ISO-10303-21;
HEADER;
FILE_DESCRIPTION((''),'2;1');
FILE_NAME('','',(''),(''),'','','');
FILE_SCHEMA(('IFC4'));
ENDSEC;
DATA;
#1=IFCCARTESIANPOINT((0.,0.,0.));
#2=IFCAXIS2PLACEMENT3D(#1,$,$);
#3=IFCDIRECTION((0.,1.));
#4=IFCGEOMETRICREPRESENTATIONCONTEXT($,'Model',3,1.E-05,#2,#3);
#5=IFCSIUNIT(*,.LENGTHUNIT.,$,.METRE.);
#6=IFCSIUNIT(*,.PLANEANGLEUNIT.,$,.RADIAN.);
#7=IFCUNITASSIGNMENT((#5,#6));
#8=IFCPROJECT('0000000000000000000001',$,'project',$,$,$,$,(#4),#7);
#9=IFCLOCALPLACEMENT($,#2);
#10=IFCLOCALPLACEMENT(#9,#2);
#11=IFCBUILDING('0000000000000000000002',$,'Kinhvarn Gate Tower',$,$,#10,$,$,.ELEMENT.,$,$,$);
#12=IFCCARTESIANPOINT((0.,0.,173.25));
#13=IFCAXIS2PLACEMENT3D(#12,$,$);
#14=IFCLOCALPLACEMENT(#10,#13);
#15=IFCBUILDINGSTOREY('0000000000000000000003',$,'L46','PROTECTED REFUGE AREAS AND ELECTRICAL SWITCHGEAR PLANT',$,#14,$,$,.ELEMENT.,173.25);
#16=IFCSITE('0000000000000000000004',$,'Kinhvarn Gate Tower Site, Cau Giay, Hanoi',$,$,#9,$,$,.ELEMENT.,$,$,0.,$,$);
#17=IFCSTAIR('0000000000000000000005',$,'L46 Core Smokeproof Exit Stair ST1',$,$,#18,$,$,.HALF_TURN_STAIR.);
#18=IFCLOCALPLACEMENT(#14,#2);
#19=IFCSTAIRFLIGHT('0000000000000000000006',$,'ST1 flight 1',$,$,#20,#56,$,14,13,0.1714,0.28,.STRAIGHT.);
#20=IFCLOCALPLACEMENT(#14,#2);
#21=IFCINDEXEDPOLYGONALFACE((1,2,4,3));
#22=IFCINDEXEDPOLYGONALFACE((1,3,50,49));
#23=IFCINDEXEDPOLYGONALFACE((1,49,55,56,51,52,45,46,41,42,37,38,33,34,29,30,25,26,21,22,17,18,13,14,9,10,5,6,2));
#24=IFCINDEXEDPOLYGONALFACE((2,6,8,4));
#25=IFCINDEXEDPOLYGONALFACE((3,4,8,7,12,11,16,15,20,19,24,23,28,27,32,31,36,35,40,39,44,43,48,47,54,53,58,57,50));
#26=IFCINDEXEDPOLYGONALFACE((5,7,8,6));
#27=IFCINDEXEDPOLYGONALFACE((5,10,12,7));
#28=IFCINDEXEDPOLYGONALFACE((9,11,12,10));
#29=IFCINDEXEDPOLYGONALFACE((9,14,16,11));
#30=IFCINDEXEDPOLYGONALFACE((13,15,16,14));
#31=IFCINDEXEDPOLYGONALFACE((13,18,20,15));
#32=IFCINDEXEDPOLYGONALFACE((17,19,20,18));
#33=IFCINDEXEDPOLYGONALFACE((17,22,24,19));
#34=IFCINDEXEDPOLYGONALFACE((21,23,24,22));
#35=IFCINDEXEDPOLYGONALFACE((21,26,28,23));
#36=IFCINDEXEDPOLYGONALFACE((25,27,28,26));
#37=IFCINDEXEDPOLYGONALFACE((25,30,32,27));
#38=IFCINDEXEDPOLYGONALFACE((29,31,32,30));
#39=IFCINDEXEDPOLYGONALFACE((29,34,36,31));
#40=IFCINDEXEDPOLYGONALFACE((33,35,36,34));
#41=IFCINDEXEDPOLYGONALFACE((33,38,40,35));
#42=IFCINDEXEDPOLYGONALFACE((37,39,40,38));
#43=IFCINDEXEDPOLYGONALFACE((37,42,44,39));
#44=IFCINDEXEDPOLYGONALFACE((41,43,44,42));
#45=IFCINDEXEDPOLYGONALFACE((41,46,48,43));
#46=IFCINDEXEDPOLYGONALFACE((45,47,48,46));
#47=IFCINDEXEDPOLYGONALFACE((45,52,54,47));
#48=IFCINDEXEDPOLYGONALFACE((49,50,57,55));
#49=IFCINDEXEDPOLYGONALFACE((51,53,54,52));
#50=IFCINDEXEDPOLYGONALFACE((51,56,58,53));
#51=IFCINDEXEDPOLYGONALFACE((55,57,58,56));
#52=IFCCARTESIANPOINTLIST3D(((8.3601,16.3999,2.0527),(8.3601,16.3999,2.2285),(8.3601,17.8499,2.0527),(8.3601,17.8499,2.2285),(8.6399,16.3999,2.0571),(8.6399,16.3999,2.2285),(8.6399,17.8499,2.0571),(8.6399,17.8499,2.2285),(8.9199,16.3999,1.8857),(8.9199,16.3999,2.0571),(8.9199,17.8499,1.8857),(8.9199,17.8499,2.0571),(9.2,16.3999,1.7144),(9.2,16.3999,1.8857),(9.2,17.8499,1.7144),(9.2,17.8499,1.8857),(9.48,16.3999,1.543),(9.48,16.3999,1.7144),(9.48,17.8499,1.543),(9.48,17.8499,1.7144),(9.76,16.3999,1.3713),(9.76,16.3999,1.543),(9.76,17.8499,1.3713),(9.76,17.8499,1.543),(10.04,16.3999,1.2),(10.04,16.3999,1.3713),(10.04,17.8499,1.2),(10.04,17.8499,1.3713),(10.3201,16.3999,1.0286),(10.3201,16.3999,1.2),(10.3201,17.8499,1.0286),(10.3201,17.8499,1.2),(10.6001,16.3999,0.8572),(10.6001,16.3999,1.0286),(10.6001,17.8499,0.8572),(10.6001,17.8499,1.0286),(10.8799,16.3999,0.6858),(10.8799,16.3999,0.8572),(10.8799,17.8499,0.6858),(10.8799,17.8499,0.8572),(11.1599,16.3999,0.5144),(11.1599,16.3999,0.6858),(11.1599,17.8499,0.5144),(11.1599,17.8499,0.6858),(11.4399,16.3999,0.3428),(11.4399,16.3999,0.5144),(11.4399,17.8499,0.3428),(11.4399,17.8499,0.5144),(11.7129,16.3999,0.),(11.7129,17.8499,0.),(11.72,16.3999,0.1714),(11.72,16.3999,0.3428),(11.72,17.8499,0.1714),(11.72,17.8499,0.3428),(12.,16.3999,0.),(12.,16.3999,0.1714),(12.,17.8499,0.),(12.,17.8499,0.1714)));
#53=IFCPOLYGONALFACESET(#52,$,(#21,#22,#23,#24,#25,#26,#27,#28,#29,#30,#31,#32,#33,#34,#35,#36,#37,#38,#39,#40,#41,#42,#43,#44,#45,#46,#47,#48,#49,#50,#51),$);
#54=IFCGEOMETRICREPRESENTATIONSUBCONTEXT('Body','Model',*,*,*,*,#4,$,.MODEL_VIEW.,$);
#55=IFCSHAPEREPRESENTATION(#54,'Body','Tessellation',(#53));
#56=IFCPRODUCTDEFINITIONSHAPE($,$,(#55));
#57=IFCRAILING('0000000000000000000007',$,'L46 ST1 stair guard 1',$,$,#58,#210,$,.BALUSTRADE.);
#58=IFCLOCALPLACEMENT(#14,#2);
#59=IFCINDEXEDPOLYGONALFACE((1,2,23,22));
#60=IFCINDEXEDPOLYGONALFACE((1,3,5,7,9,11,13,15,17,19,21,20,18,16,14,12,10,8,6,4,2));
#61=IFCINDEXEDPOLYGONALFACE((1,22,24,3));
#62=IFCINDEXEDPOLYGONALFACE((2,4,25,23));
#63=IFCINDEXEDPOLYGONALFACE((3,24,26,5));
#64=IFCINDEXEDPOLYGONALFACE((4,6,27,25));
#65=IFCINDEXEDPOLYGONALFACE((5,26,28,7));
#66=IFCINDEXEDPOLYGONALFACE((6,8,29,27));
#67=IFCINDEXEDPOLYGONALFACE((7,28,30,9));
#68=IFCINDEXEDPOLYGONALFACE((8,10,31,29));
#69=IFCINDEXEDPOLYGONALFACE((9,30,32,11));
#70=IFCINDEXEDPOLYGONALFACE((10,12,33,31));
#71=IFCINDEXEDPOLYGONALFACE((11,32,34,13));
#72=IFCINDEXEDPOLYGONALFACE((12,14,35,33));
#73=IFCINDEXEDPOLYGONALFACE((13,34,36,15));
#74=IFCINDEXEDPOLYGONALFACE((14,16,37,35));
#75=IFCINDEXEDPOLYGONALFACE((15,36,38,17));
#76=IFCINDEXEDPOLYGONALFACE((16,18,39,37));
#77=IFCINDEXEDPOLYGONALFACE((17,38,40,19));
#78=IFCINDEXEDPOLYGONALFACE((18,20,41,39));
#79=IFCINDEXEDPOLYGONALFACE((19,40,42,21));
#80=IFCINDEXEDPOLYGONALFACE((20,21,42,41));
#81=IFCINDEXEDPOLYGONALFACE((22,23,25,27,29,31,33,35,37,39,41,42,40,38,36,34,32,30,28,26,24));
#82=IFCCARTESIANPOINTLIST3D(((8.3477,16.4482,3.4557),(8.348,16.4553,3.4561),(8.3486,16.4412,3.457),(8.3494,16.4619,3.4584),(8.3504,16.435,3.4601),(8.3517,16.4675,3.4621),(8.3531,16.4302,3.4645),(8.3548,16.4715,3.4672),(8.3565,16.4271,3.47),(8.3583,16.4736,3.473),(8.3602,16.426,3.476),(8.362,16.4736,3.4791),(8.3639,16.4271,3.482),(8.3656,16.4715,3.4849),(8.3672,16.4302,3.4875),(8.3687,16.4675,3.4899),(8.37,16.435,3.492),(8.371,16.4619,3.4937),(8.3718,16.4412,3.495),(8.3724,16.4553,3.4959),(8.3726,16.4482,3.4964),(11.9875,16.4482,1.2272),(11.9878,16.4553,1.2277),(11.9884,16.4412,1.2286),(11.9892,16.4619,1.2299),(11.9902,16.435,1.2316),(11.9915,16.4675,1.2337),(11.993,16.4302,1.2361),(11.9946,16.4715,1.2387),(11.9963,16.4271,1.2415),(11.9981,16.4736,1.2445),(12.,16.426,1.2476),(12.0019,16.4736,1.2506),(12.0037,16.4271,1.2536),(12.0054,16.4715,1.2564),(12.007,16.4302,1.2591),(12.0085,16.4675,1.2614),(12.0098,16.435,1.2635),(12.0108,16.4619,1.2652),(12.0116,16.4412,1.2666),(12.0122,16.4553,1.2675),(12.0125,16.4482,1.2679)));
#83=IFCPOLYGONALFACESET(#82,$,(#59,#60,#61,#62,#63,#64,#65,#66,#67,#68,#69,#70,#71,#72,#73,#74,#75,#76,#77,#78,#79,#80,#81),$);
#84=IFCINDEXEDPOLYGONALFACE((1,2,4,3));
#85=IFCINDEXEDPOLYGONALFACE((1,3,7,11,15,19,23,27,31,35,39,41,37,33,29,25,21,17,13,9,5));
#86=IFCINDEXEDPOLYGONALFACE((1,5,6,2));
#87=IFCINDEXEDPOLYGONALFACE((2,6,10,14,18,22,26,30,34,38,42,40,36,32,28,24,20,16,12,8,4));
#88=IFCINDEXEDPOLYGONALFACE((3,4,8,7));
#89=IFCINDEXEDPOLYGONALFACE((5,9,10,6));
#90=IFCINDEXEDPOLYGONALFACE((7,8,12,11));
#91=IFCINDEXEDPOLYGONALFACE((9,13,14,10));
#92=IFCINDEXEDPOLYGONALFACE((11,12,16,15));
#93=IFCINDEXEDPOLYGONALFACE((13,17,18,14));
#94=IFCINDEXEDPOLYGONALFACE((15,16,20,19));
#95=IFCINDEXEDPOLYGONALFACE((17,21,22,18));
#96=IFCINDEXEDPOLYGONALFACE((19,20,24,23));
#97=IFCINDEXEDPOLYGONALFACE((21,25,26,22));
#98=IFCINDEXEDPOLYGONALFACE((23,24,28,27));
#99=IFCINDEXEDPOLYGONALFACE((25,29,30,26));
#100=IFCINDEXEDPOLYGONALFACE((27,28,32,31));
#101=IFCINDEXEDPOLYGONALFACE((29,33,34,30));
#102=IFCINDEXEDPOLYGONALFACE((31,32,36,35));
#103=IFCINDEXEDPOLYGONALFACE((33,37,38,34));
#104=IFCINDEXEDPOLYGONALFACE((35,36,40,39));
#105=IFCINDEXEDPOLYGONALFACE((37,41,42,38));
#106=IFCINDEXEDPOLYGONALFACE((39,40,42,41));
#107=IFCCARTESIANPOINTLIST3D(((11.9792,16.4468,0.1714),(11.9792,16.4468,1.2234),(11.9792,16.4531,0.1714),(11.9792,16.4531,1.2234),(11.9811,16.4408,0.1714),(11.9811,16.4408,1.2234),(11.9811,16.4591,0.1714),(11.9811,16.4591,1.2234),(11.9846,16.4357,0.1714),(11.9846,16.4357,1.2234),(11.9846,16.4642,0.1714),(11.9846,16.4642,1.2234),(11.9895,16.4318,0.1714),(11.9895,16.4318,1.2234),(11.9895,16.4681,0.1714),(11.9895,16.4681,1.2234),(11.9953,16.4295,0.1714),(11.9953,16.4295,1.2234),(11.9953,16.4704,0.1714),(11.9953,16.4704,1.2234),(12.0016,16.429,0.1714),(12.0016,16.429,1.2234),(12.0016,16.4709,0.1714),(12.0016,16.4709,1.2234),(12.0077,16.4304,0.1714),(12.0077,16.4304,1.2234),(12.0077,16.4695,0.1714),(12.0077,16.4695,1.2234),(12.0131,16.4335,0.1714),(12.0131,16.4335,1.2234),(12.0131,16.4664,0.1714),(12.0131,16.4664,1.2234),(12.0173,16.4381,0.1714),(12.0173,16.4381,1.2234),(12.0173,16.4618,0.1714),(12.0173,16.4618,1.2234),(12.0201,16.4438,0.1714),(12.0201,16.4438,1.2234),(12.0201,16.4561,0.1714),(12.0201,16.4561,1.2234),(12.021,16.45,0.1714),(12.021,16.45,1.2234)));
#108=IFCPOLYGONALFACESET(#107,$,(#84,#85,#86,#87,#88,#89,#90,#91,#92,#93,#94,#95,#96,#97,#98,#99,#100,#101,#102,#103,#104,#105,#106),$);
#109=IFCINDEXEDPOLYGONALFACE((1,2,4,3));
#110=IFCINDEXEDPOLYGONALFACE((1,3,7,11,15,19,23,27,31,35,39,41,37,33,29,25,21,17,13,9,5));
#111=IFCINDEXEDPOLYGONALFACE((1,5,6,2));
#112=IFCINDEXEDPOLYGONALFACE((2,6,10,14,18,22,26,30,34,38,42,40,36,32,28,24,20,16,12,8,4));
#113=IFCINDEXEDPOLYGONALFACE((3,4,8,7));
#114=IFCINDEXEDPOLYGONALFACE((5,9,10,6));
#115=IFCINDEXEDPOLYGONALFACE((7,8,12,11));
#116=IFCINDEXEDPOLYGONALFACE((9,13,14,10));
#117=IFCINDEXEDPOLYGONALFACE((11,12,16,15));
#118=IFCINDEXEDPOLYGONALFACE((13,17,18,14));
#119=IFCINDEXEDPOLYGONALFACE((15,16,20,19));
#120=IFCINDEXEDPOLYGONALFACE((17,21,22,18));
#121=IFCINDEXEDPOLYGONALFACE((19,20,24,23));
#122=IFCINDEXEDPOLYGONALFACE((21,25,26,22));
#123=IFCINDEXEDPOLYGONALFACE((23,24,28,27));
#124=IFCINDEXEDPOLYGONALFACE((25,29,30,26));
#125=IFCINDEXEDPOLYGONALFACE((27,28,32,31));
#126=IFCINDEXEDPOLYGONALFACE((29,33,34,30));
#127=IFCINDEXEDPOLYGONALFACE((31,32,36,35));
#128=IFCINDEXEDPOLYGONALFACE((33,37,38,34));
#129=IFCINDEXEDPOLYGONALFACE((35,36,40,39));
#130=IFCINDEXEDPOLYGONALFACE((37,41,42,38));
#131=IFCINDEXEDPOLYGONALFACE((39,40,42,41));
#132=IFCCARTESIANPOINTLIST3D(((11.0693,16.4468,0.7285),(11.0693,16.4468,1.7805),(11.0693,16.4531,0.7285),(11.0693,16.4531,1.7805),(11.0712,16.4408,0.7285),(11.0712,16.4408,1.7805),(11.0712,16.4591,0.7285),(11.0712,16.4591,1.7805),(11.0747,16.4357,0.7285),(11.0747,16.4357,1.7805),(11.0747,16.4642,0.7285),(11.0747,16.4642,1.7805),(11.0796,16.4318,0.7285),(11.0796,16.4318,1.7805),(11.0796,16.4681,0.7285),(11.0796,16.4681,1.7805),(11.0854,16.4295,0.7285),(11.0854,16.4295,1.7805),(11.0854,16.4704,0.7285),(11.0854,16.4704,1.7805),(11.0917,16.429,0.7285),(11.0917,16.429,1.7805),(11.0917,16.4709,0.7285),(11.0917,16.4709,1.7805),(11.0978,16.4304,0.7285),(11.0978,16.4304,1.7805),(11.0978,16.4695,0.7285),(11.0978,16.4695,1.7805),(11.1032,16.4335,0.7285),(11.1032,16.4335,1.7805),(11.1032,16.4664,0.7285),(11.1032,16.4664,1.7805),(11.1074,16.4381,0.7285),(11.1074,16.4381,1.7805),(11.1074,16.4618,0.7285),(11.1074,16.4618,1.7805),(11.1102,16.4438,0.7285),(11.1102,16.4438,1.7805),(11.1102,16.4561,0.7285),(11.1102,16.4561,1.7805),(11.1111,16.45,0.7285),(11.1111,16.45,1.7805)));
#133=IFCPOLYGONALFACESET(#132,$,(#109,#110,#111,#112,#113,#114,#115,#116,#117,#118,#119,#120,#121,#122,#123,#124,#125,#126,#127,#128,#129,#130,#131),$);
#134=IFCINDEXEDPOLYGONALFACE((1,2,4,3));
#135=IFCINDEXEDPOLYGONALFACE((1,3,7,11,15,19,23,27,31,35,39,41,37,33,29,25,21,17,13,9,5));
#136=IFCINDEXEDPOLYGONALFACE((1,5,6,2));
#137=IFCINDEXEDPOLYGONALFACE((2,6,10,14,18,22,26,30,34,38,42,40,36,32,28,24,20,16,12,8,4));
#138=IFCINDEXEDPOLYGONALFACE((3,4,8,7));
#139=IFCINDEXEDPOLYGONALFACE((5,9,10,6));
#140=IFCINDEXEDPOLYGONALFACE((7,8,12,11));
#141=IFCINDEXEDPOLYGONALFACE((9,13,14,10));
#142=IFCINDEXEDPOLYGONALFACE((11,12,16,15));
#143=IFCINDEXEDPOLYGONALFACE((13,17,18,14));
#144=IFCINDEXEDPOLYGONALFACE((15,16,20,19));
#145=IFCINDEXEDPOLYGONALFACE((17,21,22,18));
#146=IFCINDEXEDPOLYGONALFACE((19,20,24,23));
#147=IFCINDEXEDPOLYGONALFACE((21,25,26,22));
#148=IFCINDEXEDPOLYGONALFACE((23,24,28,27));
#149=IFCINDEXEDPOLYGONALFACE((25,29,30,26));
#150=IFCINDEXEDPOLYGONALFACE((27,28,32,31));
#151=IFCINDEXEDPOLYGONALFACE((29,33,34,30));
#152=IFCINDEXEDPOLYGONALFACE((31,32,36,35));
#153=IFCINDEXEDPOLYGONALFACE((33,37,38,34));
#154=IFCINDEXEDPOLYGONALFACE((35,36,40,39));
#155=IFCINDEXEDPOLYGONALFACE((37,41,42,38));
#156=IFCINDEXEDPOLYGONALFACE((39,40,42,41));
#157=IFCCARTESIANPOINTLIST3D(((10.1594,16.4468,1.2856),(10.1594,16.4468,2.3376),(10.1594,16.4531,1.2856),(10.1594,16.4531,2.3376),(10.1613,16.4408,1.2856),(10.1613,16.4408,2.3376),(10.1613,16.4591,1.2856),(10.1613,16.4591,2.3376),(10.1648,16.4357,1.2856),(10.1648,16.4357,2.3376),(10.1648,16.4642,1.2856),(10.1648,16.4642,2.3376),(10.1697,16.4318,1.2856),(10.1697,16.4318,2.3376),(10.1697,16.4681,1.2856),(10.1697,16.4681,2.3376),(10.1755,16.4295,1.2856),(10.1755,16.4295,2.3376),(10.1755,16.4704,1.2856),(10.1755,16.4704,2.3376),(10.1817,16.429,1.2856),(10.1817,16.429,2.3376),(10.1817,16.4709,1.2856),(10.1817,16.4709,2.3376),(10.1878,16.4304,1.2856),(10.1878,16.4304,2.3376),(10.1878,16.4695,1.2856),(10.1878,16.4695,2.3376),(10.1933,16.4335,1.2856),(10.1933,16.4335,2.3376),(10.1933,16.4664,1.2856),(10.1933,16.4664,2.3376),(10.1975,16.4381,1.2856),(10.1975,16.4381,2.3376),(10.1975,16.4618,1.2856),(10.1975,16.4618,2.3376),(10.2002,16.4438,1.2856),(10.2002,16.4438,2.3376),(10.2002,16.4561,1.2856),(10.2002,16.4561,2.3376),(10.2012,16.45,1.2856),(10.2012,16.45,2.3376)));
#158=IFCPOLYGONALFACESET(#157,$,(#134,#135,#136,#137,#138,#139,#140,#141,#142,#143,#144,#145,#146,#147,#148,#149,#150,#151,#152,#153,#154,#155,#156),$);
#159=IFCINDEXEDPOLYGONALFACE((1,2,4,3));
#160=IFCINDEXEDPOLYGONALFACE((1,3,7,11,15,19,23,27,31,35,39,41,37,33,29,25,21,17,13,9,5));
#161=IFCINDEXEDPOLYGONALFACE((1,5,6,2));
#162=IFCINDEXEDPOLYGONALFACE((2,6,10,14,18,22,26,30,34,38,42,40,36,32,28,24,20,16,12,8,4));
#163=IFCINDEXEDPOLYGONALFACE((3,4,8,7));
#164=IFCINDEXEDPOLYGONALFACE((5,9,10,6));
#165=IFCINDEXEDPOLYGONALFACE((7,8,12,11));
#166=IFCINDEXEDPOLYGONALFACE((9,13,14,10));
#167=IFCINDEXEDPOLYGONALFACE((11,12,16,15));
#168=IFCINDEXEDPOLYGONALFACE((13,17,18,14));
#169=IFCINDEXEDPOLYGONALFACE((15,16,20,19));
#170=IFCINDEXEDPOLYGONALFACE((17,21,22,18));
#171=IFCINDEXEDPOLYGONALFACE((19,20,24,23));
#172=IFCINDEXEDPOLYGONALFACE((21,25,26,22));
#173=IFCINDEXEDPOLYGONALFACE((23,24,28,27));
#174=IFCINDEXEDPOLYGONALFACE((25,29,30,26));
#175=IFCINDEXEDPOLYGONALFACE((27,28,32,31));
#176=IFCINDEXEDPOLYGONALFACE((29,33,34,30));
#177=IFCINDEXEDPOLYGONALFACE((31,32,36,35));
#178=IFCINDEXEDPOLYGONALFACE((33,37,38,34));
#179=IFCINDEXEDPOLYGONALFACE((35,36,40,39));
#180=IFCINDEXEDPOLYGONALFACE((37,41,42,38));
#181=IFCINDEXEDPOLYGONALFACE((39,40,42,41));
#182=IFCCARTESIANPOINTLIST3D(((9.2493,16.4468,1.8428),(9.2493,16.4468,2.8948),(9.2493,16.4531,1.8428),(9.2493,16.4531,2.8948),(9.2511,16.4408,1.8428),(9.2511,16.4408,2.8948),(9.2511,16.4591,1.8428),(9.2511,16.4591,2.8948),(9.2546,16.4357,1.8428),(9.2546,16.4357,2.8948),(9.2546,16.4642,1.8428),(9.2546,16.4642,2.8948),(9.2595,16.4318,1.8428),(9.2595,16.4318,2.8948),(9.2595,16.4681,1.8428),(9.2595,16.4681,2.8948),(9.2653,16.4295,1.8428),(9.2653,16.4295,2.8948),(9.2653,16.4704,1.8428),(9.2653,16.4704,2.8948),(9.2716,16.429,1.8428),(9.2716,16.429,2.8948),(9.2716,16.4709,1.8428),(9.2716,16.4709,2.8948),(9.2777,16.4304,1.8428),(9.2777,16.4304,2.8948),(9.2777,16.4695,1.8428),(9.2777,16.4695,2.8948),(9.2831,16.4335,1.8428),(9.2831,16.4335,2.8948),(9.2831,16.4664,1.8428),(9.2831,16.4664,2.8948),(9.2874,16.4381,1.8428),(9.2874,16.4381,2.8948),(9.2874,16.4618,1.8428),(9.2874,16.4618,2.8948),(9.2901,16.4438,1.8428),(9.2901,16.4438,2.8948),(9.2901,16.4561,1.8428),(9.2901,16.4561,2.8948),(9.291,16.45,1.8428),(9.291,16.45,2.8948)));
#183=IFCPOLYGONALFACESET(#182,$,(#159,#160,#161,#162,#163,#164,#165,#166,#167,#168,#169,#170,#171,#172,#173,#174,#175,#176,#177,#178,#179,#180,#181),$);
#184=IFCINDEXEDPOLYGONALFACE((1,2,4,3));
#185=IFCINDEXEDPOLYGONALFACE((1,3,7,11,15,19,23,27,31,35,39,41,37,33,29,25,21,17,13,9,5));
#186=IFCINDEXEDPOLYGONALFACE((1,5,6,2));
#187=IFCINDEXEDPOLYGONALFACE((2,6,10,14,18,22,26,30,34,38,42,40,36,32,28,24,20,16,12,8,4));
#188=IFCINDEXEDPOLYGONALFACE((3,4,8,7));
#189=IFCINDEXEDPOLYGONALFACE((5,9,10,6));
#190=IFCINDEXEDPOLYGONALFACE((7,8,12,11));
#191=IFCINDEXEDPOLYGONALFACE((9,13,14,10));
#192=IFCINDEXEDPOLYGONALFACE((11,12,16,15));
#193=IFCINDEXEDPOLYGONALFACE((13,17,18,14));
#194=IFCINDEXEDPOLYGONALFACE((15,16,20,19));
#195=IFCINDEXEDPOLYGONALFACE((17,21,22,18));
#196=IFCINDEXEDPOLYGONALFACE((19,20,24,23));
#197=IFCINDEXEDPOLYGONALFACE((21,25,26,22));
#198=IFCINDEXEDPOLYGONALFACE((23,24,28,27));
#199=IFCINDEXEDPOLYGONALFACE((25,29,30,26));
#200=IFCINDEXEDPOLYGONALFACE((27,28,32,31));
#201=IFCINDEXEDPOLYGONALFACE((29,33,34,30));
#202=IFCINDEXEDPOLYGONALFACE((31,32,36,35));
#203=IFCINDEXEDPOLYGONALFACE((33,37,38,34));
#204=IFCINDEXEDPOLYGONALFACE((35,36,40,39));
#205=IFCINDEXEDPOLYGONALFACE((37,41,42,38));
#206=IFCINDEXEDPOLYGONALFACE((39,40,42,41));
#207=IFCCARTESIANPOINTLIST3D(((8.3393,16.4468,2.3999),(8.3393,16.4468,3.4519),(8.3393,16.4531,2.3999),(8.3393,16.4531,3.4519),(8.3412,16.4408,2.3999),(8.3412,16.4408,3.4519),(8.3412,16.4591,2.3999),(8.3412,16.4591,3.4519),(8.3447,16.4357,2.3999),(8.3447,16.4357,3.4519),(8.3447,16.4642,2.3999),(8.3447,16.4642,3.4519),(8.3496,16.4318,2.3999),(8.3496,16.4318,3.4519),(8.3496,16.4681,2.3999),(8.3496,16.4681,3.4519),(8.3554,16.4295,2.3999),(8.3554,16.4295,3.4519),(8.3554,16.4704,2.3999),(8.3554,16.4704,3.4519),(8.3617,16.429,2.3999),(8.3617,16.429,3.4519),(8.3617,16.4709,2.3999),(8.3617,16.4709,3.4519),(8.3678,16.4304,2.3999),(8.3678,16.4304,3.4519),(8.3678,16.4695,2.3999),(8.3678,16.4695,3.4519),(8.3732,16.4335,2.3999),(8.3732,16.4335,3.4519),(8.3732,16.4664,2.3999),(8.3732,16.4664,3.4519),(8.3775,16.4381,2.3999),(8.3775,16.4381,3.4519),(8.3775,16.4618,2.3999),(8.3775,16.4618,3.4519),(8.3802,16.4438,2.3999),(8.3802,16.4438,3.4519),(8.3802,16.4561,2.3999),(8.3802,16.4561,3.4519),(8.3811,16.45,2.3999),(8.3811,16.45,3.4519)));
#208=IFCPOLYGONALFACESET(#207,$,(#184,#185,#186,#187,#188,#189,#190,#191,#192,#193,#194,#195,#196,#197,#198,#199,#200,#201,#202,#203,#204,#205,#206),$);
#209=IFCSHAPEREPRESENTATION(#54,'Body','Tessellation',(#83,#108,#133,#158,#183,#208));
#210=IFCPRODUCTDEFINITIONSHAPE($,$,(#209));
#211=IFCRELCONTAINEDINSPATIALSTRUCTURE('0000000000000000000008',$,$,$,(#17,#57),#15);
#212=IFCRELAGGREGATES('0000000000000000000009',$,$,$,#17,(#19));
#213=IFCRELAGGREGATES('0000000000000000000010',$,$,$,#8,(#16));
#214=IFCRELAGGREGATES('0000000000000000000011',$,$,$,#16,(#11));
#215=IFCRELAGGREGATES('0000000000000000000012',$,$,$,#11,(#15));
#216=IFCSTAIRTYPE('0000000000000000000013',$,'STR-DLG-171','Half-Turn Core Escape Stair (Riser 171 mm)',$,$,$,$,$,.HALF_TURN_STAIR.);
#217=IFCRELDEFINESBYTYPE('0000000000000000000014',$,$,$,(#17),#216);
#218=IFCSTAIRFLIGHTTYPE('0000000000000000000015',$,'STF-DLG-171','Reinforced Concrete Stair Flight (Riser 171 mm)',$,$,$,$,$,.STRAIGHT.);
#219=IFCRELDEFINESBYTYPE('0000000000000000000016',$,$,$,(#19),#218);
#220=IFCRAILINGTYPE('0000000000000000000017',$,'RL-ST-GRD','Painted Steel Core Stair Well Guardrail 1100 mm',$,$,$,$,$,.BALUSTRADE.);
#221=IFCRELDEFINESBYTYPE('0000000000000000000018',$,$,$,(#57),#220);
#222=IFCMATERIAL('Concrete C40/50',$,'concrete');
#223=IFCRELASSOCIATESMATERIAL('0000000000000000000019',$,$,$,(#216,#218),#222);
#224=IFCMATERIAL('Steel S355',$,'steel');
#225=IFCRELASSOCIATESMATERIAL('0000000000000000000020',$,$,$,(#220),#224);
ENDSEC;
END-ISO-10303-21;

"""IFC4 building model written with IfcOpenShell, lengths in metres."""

from ifc_helpers import new_model, si_unit, direction, frame, origin, origin_2d, place, context, subcontext, project, spatial, polyline, circle, outline, extrude, material, type_object, element, aggregate, save


model = new_model("IFC4")

# Units and contexts
model_context = context("Model", 3, precision=1e-05, world=origin(), true_north=direction((0.0, 1.0)))
body_context = subcontext(model_context, "Body", "Model", "MODEL_VIEW")
ifc_project = project(units=[si_unit("LENGTHUNIT", "METRE"), si_unit("PLANEANGLEUNIT", "RADIAN")], contexts=[model_context])

# Site, building, storey
site_placement = place(None, origin())
site = spatial("IfcSite", under=ifc_project, at=site_placement, Name="Kinhvarn Gate Tower Site, Cau Giay, Hanoi", CompositionType="ELEMENT", RefElevation=0.0)
building_placement = place(site_placement, origin())
building = spatial("IfcBuilding", under=site, at=building_placement, Name="Kinhvarn Gate Tower", CompositionType="ELEMENT")
storey_placement = place(building_placement, frame((0.0, 0.0, 173.25)))
storey = spatial("IfcBuildingStorey", under=building, at=storey_placement, Name="L46", Description="PROTECTED REFUGE AREAS AND ELECTRICAL SWITCHGEAR PLANT", CompositionType="ELEMENT", Elevation=173.25)

# Shared definitions
ifc_material_1 = material(Name="Steel S355", Category="steel")

# Shared definitions
ifc_material_2 = material(Name="Concrete C40/50", Category="concrete")

# Stair, stair flight
stair_type = type_object("IfcStairType", Name="STR-DLG-171", Description="Half-Turn Core Escape Stair (Riser 171 mm)", PredefinedType="HALF_TURN_STAIR", material=ifc_material_2)
stair_placement = place(storey_placement, origin())
stair = element("IfcStair", 1, at=stair_placement, inside=storey, type_object=stair_type, Name="L46 Core Smokeproof Exit Stair ST1", PredefinedType="HALF_TURN_STAIR")
stair_flight_type = type_object("IfcStairFlightType", Name="STF-DLG-171", Description="Reinforced Concrete Stair Flight (Riser 171 mm)", PredefinedType="STRAIGHT", material=ifc_material_2)
stair_flight_placement = place(storey_placement, frame((12.0, 17.125, 0.0), z_axis=(0.0, 0.0, 1.0), x_axis=(-1.0, 0.0, 0.0)))
stair_flight = element("IfcStairFlight", 2, at=stair_flight_placement, type_object=stair_flight_type, Name="ST1 flight 1", NumberOfRisers=14, NumberOfTreads=13, PredefinedType="STRAIGHT", RiserHeight=0.1714, TreadLength=0.28, context=body_context, shape_type="SweptSolid", body=[
    extrude(outline(polyline([(0.0, 0.0), (0.0, 0.1714), (0.28, 0.1714), (0.28, 0.3428), (0.5601, 0.3428), (0.5601, 0.5144), (0.8401, 0.5144), (0.8401, 0.6858), (1.1201, 0.6858), (1.1201, 0.8572), (1.3999, 0.8572), (1.3999, 1.0286), (1.6799, 1.0286), (1.6799, 1.2), (1.96, 1.2), (1.96, 1.3713), (2.24, 1.3713), (2.24, 1.543), (2.52, 1.543), (2.52, 1.7144), (2.8, 1.7144), (2.8, 1.8857), (3.0801, 1.8857), (3.0801, 2.0571), (3.3601, 2.0571), (3.3601, 2.2285), (3.6399, 2.2285), (3.6399, 2.3999), (3.6399, 2.0527), (0.2871, 0.0), (0.0, 0.0)])), frame((0.0, 0.7251, 0.0), z_axis=(0.0, -1.0, 0.0), x_axis=(1.0, 0.0, 0.0)), (0.0, 0.0, 1.0), 1.45),
])
aggregate(stair, [stair_flight])

# Railing
railing_type_1 = type_object("IfcRailingType", Name="RL-ST-GRD", Description="Painted Steel Core Stair Well Guardrail 1100 mm", PredefinedType="BALUSTRADE", material=ifc_material_1)
railing_1_placement = place(storey_placement, frame((12.0, 16.45, 0.1714)))
element("IfcRailing", 3, at=railing_1_placement, inside=storey, type_object=railing_type_1, Name="L46 ST1 stair guard 1", PredefinedType="BALUSTRADE", context=body_context, shape_type="SweptSolid", body=[
    extrude(circle(Radius=0.0239, at=origin_2d()), frame((0.0, 0.0, 1.0762), z_axis=(-0.85285, 0.0, 0.522156), x_axis=(0.0, -1.0, 0.0)), (0.0, 0.0, 1.0), 4.2678),
    extrude(circle(Radius=0.021, at=origin_2d()), origin(), (0.0, 0.0, 1.0), 1.052),
    extrude(circle(Radius=0.021, at=origin_2d()), frame((-0.9099, 0.0, 0.5571)), (0.0, 0.0, 1.0), 1.052),
    extrude(circle(Radius=0.021, at=origin_2d()), frame((-1.8198, 0.0, 1.1143)), (0.0, 0.0, 1.0), 1.052),
    extrude(circle(Radius=0.021, at=origin_2d()), frame((-2.73, 0.0, 1.6714)), (0.0, 0.0, 1.0), 1.052),
    extrude(circle(Radius=0.021, at=origin_2d()), frame((-3.6399, 0.0, 2.2285)), (0.0, 0.0, 1.0), 1.052),
])

save(model, "model.ifc")
